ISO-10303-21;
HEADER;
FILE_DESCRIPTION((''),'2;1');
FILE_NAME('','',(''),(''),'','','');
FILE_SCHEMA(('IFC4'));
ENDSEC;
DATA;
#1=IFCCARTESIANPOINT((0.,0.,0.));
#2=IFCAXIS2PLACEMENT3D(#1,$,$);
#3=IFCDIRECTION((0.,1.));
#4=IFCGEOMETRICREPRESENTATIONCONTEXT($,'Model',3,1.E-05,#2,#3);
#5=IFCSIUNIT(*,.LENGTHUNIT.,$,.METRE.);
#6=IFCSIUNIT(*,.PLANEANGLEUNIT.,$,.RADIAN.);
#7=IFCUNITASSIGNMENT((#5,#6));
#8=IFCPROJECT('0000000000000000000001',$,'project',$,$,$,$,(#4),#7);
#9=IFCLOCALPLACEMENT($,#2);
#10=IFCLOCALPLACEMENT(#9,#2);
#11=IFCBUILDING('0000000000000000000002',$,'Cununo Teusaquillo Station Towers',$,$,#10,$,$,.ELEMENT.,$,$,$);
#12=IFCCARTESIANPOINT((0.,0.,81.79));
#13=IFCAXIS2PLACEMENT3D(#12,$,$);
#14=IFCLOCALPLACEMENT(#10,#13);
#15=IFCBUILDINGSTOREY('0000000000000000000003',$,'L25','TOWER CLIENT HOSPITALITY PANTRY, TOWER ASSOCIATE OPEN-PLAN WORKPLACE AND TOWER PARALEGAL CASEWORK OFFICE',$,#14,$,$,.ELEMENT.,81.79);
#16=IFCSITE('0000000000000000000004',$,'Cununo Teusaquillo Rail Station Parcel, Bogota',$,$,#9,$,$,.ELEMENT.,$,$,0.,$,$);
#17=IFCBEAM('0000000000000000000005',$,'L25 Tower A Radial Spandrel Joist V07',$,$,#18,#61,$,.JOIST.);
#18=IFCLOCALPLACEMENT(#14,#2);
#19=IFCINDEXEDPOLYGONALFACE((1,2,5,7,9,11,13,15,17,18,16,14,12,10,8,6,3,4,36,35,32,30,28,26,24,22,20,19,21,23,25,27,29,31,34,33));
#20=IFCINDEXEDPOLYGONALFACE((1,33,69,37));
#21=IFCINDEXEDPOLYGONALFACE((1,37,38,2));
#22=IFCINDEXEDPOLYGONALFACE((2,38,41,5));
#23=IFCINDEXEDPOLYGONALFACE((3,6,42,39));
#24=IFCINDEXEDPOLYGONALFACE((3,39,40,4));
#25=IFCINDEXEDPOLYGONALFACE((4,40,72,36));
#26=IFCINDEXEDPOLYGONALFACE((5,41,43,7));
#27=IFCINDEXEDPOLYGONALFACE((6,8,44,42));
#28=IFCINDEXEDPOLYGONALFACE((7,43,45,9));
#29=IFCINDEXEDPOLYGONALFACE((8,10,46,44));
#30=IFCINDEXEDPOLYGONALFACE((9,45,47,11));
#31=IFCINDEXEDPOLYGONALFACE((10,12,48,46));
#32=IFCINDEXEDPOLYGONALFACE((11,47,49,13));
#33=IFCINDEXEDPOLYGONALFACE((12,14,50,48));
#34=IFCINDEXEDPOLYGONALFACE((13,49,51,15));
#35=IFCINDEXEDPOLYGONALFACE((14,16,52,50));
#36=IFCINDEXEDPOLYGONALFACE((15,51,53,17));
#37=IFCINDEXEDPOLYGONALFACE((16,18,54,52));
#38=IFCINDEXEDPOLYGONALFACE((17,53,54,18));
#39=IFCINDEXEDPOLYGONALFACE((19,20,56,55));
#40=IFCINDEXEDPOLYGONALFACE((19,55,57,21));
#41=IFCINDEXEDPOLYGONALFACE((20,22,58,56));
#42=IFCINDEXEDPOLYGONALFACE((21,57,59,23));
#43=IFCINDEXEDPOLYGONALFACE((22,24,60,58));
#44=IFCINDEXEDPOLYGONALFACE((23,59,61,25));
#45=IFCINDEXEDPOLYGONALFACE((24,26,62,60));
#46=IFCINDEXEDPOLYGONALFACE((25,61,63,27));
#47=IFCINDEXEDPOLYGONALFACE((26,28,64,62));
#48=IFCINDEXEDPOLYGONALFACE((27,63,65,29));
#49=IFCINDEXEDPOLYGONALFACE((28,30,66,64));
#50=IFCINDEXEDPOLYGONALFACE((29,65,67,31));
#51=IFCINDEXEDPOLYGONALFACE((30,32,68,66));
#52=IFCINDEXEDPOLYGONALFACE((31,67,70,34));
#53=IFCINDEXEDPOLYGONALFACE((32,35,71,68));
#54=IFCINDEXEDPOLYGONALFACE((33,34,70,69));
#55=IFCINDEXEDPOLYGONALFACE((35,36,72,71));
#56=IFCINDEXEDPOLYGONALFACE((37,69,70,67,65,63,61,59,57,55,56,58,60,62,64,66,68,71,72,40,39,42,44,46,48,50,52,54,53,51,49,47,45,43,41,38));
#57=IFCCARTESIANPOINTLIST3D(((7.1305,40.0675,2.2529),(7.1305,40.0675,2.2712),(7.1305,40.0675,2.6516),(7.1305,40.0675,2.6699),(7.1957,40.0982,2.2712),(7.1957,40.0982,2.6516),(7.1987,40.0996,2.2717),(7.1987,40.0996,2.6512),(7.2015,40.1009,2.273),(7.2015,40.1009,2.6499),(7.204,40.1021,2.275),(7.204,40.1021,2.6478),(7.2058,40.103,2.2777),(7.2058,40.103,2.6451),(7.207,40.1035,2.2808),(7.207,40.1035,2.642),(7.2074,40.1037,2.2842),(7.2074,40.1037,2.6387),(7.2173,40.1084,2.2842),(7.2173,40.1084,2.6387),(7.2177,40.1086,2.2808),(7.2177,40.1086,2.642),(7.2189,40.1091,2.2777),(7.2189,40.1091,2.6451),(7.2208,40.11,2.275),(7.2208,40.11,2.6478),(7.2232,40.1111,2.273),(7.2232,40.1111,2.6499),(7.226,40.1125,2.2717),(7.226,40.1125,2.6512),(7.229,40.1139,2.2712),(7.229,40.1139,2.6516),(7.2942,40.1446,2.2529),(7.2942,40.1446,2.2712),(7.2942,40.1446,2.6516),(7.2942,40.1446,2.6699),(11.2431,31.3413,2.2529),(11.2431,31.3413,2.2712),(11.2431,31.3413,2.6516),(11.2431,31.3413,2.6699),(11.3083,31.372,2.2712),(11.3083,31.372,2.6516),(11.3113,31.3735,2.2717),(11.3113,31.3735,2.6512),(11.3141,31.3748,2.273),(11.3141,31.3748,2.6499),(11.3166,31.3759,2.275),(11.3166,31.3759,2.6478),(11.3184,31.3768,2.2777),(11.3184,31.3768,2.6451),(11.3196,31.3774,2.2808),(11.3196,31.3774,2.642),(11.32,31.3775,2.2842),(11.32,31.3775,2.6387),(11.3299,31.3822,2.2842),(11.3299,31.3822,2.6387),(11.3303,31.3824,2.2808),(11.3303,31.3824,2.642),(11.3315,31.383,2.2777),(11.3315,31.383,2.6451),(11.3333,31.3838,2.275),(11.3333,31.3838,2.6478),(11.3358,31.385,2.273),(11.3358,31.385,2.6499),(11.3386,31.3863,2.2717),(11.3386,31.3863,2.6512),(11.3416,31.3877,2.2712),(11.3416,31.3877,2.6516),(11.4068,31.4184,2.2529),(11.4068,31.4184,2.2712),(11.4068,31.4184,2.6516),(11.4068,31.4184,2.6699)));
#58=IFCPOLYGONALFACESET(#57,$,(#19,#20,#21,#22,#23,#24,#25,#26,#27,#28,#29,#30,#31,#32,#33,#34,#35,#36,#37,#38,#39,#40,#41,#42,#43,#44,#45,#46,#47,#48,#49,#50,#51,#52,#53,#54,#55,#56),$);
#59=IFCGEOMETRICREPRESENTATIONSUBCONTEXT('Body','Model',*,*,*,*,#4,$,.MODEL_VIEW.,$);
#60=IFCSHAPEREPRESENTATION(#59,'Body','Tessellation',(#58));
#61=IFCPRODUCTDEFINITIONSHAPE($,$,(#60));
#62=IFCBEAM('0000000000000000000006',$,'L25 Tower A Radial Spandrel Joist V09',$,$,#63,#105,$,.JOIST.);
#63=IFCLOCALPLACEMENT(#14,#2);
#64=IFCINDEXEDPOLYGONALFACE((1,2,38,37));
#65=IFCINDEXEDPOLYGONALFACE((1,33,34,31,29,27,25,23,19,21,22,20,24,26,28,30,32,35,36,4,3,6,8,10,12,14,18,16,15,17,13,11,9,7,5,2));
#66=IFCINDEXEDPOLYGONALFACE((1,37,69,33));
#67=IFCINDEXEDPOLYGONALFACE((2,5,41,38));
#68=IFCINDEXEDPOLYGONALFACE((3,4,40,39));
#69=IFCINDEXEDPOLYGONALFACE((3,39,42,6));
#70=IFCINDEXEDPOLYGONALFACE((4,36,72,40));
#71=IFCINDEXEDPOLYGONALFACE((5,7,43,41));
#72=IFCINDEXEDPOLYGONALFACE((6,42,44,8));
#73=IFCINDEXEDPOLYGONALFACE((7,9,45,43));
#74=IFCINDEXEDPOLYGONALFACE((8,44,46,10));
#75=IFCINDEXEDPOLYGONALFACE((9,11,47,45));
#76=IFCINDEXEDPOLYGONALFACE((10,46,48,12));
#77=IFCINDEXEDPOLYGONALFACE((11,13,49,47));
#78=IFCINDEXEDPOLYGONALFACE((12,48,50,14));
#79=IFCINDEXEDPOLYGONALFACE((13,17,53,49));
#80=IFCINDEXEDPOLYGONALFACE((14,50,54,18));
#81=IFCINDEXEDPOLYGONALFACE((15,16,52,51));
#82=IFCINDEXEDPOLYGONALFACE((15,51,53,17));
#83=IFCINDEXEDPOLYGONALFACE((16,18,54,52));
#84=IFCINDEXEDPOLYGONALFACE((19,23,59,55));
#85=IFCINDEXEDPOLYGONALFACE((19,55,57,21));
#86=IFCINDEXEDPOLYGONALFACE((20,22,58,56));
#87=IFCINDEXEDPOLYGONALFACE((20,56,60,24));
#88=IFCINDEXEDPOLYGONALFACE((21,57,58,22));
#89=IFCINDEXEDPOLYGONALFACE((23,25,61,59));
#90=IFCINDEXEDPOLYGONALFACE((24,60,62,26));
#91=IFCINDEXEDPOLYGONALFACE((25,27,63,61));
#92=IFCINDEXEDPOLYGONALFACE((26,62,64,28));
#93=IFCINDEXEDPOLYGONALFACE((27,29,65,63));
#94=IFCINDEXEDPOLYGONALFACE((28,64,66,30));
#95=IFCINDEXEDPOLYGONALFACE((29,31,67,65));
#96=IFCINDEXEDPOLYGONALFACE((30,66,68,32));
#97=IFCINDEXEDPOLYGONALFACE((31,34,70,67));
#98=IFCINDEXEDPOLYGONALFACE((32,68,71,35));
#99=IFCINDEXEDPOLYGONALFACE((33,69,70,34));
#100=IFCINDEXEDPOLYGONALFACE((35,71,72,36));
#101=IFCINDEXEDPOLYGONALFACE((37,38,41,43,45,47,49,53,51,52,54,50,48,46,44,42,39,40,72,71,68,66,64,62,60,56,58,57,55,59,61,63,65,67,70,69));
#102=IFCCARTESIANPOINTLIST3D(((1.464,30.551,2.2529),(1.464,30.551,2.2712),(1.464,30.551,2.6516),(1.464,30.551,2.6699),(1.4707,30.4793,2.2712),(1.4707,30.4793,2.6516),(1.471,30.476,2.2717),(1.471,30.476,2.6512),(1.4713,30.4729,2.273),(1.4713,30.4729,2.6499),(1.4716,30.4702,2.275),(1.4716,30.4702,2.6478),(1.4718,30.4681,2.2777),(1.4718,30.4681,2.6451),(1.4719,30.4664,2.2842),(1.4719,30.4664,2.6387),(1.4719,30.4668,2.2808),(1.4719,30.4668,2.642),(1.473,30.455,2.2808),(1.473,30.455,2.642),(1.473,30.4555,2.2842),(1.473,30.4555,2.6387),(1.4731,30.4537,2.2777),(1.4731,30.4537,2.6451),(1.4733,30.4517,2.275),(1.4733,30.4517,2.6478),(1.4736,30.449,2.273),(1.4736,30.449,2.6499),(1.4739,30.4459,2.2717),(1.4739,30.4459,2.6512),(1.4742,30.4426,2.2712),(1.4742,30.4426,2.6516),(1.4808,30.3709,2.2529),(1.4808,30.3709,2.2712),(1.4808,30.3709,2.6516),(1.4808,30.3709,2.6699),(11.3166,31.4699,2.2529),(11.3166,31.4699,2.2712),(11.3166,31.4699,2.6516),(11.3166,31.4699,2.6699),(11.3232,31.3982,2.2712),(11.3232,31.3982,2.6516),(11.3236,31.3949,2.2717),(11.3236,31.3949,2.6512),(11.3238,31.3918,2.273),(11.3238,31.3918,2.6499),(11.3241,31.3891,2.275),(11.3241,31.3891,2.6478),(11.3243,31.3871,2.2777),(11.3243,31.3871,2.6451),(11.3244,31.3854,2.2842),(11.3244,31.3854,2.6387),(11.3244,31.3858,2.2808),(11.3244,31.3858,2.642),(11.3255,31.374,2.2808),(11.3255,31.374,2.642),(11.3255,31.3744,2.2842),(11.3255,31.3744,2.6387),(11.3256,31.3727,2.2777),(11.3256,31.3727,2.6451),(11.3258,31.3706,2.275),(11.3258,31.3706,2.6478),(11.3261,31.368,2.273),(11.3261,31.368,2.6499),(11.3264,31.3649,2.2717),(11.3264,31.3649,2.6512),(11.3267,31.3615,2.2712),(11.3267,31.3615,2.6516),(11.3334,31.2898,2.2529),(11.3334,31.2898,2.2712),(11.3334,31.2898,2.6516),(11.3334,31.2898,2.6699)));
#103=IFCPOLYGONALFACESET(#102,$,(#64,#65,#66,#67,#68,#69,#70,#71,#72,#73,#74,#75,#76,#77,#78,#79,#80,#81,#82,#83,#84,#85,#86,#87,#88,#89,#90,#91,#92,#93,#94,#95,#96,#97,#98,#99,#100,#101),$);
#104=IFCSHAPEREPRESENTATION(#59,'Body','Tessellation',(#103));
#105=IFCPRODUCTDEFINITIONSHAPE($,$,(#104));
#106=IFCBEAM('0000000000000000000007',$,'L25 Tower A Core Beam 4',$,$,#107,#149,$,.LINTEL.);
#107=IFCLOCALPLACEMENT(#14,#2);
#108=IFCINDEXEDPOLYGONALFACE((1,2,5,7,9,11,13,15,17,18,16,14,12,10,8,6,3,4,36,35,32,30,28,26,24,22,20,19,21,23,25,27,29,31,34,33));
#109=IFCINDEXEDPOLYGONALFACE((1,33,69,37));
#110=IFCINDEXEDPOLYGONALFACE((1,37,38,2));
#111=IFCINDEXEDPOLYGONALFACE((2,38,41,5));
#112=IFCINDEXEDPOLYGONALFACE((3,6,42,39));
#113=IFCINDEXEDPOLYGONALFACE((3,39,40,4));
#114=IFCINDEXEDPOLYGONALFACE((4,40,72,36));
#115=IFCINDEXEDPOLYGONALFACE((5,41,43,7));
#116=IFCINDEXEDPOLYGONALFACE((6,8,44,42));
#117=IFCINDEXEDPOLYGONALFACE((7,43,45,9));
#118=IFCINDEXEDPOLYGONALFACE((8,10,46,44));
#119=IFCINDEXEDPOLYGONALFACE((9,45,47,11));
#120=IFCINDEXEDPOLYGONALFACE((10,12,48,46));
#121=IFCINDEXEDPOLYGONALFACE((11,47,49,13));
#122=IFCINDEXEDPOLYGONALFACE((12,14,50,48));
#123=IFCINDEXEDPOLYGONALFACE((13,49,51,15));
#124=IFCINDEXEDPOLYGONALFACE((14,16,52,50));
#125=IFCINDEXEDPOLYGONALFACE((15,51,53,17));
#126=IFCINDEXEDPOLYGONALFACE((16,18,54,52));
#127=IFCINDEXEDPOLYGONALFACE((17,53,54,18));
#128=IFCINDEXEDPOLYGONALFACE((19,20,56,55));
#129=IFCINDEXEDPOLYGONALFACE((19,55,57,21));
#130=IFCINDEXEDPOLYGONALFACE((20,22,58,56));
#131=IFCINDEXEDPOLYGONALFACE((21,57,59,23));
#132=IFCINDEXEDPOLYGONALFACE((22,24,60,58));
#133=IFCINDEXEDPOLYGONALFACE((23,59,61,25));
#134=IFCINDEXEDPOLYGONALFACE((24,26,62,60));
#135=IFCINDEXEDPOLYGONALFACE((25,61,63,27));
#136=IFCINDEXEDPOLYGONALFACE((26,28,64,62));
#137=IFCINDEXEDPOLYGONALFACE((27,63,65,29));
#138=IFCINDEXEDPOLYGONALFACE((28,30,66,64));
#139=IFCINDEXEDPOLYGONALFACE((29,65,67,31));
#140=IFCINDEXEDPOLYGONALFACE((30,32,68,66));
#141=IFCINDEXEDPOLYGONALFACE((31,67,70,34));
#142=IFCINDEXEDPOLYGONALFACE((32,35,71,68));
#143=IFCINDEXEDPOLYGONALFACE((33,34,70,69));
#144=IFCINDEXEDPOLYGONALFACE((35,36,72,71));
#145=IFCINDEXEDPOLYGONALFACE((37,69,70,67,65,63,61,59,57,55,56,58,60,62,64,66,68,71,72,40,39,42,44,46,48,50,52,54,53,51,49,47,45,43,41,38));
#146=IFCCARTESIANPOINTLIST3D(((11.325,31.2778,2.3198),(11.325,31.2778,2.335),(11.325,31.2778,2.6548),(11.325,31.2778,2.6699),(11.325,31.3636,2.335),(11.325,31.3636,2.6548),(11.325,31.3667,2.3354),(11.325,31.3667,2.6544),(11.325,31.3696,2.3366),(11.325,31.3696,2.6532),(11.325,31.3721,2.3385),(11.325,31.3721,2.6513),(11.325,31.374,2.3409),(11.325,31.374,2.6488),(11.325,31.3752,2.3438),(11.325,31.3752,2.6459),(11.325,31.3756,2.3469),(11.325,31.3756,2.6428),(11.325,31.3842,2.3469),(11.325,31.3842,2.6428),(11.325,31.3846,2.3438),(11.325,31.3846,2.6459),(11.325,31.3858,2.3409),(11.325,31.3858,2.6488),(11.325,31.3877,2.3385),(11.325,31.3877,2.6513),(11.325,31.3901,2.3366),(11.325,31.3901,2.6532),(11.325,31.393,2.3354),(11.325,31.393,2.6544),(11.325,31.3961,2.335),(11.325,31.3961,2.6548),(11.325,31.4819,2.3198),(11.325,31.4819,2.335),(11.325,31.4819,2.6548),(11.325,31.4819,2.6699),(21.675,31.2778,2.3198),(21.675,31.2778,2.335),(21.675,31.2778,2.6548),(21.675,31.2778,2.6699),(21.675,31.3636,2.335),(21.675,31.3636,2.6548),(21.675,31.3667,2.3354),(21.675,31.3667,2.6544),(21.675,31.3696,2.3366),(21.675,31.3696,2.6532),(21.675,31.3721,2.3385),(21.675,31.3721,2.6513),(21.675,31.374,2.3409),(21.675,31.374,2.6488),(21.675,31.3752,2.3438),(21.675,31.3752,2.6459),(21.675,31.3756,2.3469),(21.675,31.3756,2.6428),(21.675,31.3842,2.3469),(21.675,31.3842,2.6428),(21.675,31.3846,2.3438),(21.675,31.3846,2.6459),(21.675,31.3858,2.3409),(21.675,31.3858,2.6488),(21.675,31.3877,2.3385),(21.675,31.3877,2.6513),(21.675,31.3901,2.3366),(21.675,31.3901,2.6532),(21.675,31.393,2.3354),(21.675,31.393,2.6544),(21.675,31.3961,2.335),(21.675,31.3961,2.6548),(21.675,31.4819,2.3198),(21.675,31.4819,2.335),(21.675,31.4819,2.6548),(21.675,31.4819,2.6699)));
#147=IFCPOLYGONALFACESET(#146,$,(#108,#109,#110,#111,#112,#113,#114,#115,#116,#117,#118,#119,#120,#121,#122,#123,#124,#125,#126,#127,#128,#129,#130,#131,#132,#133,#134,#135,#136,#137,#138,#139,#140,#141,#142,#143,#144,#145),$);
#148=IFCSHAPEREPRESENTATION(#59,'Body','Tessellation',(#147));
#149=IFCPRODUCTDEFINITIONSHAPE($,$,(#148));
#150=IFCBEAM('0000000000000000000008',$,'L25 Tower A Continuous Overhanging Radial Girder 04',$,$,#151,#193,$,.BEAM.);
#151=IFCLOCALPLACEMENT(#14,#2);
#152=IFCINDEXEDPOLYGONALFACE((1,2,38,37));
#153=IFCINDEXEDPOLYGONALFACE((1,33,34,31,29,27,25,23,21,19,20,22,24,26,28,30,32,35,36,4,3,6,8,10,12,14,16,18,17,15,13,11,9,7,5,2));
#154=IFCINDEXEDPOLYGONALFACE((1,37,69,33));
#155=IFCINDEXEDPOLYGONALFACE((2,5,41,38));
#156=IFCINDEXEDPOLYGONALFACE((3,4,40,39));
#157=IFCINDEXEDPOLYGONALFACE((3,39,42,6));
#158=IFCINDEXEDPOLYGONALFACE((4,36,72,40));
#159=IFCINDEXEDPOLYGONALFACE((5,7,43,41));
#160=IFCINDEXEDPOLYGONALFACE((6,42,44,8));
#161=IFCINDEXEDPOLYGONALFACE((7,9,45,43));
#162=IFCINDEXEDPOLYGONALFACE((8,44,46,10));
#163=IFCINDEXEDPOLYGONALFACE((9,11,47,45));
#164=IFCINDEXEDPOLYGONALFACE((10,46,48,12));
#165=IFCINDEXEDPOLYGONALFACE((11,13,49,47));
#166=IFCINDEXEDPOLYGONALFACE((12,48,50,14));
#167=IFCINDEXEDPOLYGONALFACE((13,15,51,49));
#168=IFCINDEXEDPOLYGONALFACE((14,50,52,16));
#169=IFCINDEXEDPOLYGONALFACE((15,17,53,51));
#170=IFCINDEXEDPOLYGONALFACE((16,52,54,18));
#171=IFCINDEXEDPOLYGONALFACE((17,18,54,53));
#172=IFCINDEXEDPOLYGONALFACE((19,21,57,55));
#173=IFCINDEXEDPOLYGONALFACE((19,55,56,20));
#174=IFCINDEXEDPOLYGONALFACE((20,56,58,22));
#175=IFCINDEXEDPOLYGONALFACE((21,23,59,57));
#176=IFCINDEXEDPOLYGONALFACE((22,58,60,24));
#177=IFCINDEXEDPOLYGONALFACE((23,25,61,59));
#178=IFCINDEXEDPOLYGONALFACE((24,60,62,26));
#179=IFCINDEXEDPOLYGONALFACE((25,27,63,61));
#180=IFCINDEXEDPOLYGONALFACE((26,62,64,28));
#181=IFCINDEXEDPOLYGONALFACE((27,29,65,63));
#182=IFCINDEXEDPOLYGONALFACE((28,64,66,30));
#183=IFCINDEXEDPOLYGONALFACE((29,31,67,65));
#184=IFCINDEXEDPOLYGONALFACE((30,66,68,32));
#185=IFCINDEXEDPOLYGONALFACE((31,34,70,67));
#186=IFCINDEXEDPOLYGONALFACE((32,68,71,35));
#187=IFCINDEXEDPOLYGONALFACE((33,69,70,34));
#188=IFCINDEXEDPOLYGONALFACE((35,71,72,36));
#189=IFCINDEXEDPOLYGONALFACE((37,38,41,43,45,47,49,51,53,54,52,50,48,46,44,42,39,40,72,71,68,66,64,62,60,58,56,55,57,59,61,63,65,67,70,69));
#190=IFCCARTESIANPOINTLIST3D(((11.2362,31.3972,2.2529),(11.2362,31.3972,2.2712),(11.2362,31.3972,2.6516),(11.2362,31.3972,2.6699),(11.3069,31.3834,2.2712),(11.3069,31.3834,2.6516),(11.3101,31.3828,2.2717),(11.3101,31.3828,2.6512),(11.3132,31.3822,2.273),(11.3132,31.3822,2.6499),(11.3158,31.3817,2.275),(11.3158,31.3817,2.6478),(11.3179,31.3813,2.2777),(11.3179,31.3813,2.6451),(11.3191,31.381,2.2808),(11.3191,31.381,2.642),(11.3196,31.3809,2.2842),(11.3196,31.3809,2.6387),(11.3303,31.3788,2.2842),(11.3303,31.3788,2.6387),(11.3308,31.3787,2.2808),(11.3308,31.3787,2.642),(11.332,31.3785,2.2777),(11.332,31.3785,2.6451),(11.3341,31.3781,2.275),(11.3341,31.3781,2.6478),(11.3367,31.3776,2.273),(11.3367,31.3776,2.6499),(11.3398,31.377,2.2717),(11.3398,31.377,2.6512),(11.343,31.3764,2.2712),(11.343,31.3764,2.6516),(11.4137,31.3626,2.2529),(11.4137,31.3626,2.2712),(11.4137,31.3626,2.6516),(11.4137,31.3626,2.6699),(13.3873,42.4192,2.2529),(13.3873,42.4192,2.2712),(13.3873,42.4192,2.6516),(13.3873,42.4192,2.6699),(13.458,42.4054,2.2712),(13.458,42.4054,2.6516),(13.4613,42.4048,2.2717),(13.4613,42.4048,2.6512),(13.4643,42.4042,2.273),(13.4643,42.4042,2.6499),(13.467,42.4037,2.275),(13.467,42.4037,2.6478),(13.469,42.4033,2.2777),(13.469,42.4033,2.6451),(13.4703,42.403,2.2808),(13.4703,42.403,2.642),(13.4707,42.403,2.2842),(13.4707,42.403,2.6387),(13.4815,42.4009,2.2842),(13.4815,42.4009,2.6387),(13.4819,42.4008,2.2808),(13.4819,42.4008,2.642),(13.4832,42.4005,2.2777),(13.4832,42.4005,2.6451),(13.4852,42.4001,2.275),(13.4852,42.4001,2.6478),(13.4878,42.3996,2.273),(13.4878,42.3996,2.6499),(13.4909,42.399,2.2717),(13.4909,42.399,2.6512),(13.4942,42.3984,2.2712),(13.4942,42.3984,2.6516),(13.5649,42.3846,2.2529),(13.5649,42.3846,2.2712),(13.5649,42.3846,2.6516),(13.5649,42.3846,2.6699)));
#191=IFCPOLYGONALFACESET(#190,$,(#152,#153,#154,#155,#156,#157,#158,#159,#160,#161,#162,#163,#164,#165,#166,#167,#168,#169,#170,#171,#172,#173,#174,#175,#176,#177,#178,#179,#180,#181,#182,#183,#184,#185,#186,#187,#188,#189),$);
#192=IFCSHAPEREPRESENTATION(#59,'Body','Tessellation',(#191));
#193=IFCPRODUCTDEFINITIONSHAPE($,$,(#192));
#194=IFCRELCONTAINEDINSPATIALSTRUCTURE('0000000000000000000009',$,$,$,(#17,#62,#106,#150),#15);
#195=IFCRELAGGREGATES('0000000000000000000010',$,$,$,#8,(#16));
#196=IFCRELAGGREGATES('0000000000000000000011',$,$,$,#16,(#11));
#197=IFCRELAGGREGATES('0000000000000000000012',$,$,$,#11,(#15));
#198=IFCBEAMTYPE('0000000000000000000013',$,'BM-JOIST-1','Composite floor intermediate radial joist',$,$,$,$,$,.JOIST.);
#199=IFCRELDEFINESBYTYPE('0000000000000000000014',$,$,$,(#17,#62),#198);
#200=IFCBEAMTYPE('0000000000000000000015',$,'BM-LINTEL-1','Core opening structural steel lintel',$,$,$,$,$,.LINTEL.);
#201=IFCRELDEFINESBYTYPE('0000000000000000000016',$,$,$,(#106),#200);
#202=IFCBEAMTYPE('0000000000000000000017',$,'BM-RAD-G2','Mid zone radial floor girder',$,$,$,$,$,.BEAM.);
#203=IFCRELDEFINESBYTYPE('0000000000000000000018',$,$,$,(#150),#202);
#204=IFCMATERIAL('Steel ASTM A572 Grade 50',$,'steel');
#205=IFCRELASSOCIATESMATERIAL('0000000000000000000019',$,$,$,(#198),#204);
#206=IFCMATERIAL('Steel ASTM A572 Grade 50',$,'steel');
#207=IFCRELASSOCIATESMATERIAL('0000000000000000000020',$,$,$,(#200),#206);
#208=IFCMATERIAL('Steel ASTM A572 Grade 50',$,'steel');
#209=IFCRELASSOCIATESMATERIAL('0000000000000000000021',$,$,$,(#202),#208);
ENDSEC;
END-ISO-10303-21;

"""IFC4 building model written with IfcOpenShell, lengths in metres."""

from ifc_helpers import new_model, si_unit, direction, frame, origin, origin_2d, place, context, subcontext, project, spatial, i_section, extrude, material, material_profile, profile_set, type_object, element, save


model = new_model("IFC4")

# Units and contexts
model_context = context("Model", 3, precision=1e-05, world=origin(), true_north=direction((0.0, 1.0)))
body_context = subcontext(model_context, "Body", "Model", "MODEL_VIEW")
ifc_project = project(units=[si_unit("LENGTHUNIT", "METRE"), si_unit("PLANEANGLEUNIT", "RADIAN")], contexts=[model_context])

# Site, building, storey
site_placement = place(None, origin())
site = spatial("IfcSite", under=ifc_project, at=site_placement, Name="Cununo Teusaquillo Rail Station Parcel, Bogota", CompositionType="ELEMENT", RefElevation=0.0)
building_placement = place(site_placement, origin())
building = spatial("IfcBuilding", under=site, at=building_placement, Name="Cununo Teusaquillo Station Towers", CompositionType="ELEMENT")
storey_placement = place(building_placement, frame((0.0, 0.0, 81.79)))
storey = spatial("IfcBuildingStorey", under=building, at=storey_placement, Name="L25", Description="TOWER CLIENT HOSPITALITY PANTRY, TOWER ASSOCIATE OPEN-PLAN WORKPLACE AND TOWER PARALEGAL CASEWORK OFFICE", CompositionType="ELEMENT", Elevation=81.79)

# Beams
ifc_material_1 = material(Name="Steel ASTM A572 Grade 50", Category="steel")
ifc_material_profile_1 = material_profile(ifc_material_1, i_section(OverallWidth=0.1809, OverallDepth=0.417, WebThickness=0.011, FlangeThickness=0.0183, FilletRadius=0.0129, at=origin_2d()), Name="W16X57")
ifc_profile_set_1 = profile_set([ifc_material_profile_1], Name="Steel ASTM A572 Grade 50")
beam_type_1 = type_object("IfcBeamType", Name="BM-JOIST-1", Description="Composite floor intermediate radial joist", PredefinedType="JOIST", material=ifc_profile_set_1)
beam_1_placement = place(storey_placement, frame((11.325, 31.3799, 2.4614), z_axis=(-0.42632, 0.904572, 0.0), x_axis=(-0.904572, -0.42632, 0.0)))
element("IfcBeam", 1, at=beam_1_placement, inside=storey, type_object=beam_type_1, Name="L25 Tower A Radial Spandrel Joist V07", PredefinedType="JOIST", context=body_context, shape_type="SweptSolid", body=[
    extrude(i_section(OverallWidth=0.1809, OverallDepth=0.417, WebThickness=0.011, FlangeThickness=0.0183, FilletRadius=0.0129, at=origin_2d()), origin(), (0.0, 0.0, 1.0), 9.6467),
])
beam_2_placement = place(storey_placement, frame((11.325, 31.3799, 2.4614), z_axis=(-0.995679, -0.092867, 0.0), x_axis=(0.092867, -0.995679, 0.0)))
element("IfcBeam", 2, at=beam_2_placement, inside=storey, type_object=beam_type_1, Name="L25 Tower A Radial Spandrel Joist V09", PredefinedType="JOIST", context=body_context, shape_type="SweptSolid", body=[
    extrude(i_section(OverallWidth=0.1809, OverallDepth=0.417, WebThickness=0.011, FlangeThickness=0.0183, FilletRadius=0.0129, at=origin_2d()), origin(), (0.0, 0.0, 1.0), 9.8953),
])
ifc_material_2 = material(Name="Steel ASTM A572 Grade 50", Category="steel")
ifc_material_profile_2 = material_profile(ifc_material_2, i_section(OverallWidth=0.2041, OverallDepth=0.3501, WebThickness=0.0085, FlangeThickness=0.0151, FilletRadius=0.012, at=origin_2d()), Name="W14X48")
ifc_profile_set_2 = profile_set([ifc_material_profile_2], Name="Steel ASTM A572 Grade 50")
beam_type_2 = type_object("IfcBeamType", Name="BM-LINTEL-1", Description="Core opening structural steel lintel", PredefinedType="LINTEL", material=ifc_profile_set_2)
beam_3_placement = place(storey_placement, frame((11.325, 31.3799, 2.4949), z_axis=(1.0, 0.0, 0.0), x_axis=(0.0, 1.0, 0.0)))
element("IfcBeam", 3, at=beam_3_placement, inside=storey, type_object=beam_type_2, Name="L25 Tower A Core Beam 4", PredefinedType="LINTEL", context=body_context, shape_type="SweptSolid", body=[
    extrude(i_section(OverallWidth=0.2041, OverallDepth=0.3501, WebThickness=0.0085, FlangeThickness=0.0151, FilletRadius=0.012, at=origin_2d()), origin(), (0.0, 0.0, 1.0), 10.3501),
])
ifc_material_3 = material(Name="Steel ASTM A572 Grade 50", Category="steel")
ifc_material_profile_3 = material_profile(ifc_material_3, i_section(OverallWidth=0.1809, OverallDepth=0.417, WebThickness=0.011, FlangeThickness=0.0183, FilletRadius=0.0129, at=origin_2d()), Name="W16X57")
ifc_profile_set_3 = profile_set([ifc_material_profile_3], Name="Steel ASTM A572 Grade 50")
beam_type_3 = type_object("IfcBeamType", Name="BM-RAD-G2", Description="Mid zone radial floor girder", PredefinedType="BEAM", material=ifc_profile_set_3)
beam_4_placement = place(storey_placement, frame((11.325, 31.3799, 2.4614), z_axis=(0.191553, 0.981482, 0.0), x_axis=(-0.981482, 0.191553, 0.0)))
element("IfcBeam", 4, at=beam_4_placement, inside=storey, type_object=beam_type_3, Name="L25 Tower A Continuous Overhanging Radial Girder 04", PredefinedType="BEAM", context=body_context, shape_type="SweptSolid", body=[
    extrude(i_section(OverallWidth=0.1809, OverallDepth=0.417, WebThickness=0.011, FlangeThickness=0.0183, FilletRadius=0.0129, at=origin_2d()), origin(), (0.0, 0.0, 1.0), 11.23),
])

save(model, "model.ifc")
